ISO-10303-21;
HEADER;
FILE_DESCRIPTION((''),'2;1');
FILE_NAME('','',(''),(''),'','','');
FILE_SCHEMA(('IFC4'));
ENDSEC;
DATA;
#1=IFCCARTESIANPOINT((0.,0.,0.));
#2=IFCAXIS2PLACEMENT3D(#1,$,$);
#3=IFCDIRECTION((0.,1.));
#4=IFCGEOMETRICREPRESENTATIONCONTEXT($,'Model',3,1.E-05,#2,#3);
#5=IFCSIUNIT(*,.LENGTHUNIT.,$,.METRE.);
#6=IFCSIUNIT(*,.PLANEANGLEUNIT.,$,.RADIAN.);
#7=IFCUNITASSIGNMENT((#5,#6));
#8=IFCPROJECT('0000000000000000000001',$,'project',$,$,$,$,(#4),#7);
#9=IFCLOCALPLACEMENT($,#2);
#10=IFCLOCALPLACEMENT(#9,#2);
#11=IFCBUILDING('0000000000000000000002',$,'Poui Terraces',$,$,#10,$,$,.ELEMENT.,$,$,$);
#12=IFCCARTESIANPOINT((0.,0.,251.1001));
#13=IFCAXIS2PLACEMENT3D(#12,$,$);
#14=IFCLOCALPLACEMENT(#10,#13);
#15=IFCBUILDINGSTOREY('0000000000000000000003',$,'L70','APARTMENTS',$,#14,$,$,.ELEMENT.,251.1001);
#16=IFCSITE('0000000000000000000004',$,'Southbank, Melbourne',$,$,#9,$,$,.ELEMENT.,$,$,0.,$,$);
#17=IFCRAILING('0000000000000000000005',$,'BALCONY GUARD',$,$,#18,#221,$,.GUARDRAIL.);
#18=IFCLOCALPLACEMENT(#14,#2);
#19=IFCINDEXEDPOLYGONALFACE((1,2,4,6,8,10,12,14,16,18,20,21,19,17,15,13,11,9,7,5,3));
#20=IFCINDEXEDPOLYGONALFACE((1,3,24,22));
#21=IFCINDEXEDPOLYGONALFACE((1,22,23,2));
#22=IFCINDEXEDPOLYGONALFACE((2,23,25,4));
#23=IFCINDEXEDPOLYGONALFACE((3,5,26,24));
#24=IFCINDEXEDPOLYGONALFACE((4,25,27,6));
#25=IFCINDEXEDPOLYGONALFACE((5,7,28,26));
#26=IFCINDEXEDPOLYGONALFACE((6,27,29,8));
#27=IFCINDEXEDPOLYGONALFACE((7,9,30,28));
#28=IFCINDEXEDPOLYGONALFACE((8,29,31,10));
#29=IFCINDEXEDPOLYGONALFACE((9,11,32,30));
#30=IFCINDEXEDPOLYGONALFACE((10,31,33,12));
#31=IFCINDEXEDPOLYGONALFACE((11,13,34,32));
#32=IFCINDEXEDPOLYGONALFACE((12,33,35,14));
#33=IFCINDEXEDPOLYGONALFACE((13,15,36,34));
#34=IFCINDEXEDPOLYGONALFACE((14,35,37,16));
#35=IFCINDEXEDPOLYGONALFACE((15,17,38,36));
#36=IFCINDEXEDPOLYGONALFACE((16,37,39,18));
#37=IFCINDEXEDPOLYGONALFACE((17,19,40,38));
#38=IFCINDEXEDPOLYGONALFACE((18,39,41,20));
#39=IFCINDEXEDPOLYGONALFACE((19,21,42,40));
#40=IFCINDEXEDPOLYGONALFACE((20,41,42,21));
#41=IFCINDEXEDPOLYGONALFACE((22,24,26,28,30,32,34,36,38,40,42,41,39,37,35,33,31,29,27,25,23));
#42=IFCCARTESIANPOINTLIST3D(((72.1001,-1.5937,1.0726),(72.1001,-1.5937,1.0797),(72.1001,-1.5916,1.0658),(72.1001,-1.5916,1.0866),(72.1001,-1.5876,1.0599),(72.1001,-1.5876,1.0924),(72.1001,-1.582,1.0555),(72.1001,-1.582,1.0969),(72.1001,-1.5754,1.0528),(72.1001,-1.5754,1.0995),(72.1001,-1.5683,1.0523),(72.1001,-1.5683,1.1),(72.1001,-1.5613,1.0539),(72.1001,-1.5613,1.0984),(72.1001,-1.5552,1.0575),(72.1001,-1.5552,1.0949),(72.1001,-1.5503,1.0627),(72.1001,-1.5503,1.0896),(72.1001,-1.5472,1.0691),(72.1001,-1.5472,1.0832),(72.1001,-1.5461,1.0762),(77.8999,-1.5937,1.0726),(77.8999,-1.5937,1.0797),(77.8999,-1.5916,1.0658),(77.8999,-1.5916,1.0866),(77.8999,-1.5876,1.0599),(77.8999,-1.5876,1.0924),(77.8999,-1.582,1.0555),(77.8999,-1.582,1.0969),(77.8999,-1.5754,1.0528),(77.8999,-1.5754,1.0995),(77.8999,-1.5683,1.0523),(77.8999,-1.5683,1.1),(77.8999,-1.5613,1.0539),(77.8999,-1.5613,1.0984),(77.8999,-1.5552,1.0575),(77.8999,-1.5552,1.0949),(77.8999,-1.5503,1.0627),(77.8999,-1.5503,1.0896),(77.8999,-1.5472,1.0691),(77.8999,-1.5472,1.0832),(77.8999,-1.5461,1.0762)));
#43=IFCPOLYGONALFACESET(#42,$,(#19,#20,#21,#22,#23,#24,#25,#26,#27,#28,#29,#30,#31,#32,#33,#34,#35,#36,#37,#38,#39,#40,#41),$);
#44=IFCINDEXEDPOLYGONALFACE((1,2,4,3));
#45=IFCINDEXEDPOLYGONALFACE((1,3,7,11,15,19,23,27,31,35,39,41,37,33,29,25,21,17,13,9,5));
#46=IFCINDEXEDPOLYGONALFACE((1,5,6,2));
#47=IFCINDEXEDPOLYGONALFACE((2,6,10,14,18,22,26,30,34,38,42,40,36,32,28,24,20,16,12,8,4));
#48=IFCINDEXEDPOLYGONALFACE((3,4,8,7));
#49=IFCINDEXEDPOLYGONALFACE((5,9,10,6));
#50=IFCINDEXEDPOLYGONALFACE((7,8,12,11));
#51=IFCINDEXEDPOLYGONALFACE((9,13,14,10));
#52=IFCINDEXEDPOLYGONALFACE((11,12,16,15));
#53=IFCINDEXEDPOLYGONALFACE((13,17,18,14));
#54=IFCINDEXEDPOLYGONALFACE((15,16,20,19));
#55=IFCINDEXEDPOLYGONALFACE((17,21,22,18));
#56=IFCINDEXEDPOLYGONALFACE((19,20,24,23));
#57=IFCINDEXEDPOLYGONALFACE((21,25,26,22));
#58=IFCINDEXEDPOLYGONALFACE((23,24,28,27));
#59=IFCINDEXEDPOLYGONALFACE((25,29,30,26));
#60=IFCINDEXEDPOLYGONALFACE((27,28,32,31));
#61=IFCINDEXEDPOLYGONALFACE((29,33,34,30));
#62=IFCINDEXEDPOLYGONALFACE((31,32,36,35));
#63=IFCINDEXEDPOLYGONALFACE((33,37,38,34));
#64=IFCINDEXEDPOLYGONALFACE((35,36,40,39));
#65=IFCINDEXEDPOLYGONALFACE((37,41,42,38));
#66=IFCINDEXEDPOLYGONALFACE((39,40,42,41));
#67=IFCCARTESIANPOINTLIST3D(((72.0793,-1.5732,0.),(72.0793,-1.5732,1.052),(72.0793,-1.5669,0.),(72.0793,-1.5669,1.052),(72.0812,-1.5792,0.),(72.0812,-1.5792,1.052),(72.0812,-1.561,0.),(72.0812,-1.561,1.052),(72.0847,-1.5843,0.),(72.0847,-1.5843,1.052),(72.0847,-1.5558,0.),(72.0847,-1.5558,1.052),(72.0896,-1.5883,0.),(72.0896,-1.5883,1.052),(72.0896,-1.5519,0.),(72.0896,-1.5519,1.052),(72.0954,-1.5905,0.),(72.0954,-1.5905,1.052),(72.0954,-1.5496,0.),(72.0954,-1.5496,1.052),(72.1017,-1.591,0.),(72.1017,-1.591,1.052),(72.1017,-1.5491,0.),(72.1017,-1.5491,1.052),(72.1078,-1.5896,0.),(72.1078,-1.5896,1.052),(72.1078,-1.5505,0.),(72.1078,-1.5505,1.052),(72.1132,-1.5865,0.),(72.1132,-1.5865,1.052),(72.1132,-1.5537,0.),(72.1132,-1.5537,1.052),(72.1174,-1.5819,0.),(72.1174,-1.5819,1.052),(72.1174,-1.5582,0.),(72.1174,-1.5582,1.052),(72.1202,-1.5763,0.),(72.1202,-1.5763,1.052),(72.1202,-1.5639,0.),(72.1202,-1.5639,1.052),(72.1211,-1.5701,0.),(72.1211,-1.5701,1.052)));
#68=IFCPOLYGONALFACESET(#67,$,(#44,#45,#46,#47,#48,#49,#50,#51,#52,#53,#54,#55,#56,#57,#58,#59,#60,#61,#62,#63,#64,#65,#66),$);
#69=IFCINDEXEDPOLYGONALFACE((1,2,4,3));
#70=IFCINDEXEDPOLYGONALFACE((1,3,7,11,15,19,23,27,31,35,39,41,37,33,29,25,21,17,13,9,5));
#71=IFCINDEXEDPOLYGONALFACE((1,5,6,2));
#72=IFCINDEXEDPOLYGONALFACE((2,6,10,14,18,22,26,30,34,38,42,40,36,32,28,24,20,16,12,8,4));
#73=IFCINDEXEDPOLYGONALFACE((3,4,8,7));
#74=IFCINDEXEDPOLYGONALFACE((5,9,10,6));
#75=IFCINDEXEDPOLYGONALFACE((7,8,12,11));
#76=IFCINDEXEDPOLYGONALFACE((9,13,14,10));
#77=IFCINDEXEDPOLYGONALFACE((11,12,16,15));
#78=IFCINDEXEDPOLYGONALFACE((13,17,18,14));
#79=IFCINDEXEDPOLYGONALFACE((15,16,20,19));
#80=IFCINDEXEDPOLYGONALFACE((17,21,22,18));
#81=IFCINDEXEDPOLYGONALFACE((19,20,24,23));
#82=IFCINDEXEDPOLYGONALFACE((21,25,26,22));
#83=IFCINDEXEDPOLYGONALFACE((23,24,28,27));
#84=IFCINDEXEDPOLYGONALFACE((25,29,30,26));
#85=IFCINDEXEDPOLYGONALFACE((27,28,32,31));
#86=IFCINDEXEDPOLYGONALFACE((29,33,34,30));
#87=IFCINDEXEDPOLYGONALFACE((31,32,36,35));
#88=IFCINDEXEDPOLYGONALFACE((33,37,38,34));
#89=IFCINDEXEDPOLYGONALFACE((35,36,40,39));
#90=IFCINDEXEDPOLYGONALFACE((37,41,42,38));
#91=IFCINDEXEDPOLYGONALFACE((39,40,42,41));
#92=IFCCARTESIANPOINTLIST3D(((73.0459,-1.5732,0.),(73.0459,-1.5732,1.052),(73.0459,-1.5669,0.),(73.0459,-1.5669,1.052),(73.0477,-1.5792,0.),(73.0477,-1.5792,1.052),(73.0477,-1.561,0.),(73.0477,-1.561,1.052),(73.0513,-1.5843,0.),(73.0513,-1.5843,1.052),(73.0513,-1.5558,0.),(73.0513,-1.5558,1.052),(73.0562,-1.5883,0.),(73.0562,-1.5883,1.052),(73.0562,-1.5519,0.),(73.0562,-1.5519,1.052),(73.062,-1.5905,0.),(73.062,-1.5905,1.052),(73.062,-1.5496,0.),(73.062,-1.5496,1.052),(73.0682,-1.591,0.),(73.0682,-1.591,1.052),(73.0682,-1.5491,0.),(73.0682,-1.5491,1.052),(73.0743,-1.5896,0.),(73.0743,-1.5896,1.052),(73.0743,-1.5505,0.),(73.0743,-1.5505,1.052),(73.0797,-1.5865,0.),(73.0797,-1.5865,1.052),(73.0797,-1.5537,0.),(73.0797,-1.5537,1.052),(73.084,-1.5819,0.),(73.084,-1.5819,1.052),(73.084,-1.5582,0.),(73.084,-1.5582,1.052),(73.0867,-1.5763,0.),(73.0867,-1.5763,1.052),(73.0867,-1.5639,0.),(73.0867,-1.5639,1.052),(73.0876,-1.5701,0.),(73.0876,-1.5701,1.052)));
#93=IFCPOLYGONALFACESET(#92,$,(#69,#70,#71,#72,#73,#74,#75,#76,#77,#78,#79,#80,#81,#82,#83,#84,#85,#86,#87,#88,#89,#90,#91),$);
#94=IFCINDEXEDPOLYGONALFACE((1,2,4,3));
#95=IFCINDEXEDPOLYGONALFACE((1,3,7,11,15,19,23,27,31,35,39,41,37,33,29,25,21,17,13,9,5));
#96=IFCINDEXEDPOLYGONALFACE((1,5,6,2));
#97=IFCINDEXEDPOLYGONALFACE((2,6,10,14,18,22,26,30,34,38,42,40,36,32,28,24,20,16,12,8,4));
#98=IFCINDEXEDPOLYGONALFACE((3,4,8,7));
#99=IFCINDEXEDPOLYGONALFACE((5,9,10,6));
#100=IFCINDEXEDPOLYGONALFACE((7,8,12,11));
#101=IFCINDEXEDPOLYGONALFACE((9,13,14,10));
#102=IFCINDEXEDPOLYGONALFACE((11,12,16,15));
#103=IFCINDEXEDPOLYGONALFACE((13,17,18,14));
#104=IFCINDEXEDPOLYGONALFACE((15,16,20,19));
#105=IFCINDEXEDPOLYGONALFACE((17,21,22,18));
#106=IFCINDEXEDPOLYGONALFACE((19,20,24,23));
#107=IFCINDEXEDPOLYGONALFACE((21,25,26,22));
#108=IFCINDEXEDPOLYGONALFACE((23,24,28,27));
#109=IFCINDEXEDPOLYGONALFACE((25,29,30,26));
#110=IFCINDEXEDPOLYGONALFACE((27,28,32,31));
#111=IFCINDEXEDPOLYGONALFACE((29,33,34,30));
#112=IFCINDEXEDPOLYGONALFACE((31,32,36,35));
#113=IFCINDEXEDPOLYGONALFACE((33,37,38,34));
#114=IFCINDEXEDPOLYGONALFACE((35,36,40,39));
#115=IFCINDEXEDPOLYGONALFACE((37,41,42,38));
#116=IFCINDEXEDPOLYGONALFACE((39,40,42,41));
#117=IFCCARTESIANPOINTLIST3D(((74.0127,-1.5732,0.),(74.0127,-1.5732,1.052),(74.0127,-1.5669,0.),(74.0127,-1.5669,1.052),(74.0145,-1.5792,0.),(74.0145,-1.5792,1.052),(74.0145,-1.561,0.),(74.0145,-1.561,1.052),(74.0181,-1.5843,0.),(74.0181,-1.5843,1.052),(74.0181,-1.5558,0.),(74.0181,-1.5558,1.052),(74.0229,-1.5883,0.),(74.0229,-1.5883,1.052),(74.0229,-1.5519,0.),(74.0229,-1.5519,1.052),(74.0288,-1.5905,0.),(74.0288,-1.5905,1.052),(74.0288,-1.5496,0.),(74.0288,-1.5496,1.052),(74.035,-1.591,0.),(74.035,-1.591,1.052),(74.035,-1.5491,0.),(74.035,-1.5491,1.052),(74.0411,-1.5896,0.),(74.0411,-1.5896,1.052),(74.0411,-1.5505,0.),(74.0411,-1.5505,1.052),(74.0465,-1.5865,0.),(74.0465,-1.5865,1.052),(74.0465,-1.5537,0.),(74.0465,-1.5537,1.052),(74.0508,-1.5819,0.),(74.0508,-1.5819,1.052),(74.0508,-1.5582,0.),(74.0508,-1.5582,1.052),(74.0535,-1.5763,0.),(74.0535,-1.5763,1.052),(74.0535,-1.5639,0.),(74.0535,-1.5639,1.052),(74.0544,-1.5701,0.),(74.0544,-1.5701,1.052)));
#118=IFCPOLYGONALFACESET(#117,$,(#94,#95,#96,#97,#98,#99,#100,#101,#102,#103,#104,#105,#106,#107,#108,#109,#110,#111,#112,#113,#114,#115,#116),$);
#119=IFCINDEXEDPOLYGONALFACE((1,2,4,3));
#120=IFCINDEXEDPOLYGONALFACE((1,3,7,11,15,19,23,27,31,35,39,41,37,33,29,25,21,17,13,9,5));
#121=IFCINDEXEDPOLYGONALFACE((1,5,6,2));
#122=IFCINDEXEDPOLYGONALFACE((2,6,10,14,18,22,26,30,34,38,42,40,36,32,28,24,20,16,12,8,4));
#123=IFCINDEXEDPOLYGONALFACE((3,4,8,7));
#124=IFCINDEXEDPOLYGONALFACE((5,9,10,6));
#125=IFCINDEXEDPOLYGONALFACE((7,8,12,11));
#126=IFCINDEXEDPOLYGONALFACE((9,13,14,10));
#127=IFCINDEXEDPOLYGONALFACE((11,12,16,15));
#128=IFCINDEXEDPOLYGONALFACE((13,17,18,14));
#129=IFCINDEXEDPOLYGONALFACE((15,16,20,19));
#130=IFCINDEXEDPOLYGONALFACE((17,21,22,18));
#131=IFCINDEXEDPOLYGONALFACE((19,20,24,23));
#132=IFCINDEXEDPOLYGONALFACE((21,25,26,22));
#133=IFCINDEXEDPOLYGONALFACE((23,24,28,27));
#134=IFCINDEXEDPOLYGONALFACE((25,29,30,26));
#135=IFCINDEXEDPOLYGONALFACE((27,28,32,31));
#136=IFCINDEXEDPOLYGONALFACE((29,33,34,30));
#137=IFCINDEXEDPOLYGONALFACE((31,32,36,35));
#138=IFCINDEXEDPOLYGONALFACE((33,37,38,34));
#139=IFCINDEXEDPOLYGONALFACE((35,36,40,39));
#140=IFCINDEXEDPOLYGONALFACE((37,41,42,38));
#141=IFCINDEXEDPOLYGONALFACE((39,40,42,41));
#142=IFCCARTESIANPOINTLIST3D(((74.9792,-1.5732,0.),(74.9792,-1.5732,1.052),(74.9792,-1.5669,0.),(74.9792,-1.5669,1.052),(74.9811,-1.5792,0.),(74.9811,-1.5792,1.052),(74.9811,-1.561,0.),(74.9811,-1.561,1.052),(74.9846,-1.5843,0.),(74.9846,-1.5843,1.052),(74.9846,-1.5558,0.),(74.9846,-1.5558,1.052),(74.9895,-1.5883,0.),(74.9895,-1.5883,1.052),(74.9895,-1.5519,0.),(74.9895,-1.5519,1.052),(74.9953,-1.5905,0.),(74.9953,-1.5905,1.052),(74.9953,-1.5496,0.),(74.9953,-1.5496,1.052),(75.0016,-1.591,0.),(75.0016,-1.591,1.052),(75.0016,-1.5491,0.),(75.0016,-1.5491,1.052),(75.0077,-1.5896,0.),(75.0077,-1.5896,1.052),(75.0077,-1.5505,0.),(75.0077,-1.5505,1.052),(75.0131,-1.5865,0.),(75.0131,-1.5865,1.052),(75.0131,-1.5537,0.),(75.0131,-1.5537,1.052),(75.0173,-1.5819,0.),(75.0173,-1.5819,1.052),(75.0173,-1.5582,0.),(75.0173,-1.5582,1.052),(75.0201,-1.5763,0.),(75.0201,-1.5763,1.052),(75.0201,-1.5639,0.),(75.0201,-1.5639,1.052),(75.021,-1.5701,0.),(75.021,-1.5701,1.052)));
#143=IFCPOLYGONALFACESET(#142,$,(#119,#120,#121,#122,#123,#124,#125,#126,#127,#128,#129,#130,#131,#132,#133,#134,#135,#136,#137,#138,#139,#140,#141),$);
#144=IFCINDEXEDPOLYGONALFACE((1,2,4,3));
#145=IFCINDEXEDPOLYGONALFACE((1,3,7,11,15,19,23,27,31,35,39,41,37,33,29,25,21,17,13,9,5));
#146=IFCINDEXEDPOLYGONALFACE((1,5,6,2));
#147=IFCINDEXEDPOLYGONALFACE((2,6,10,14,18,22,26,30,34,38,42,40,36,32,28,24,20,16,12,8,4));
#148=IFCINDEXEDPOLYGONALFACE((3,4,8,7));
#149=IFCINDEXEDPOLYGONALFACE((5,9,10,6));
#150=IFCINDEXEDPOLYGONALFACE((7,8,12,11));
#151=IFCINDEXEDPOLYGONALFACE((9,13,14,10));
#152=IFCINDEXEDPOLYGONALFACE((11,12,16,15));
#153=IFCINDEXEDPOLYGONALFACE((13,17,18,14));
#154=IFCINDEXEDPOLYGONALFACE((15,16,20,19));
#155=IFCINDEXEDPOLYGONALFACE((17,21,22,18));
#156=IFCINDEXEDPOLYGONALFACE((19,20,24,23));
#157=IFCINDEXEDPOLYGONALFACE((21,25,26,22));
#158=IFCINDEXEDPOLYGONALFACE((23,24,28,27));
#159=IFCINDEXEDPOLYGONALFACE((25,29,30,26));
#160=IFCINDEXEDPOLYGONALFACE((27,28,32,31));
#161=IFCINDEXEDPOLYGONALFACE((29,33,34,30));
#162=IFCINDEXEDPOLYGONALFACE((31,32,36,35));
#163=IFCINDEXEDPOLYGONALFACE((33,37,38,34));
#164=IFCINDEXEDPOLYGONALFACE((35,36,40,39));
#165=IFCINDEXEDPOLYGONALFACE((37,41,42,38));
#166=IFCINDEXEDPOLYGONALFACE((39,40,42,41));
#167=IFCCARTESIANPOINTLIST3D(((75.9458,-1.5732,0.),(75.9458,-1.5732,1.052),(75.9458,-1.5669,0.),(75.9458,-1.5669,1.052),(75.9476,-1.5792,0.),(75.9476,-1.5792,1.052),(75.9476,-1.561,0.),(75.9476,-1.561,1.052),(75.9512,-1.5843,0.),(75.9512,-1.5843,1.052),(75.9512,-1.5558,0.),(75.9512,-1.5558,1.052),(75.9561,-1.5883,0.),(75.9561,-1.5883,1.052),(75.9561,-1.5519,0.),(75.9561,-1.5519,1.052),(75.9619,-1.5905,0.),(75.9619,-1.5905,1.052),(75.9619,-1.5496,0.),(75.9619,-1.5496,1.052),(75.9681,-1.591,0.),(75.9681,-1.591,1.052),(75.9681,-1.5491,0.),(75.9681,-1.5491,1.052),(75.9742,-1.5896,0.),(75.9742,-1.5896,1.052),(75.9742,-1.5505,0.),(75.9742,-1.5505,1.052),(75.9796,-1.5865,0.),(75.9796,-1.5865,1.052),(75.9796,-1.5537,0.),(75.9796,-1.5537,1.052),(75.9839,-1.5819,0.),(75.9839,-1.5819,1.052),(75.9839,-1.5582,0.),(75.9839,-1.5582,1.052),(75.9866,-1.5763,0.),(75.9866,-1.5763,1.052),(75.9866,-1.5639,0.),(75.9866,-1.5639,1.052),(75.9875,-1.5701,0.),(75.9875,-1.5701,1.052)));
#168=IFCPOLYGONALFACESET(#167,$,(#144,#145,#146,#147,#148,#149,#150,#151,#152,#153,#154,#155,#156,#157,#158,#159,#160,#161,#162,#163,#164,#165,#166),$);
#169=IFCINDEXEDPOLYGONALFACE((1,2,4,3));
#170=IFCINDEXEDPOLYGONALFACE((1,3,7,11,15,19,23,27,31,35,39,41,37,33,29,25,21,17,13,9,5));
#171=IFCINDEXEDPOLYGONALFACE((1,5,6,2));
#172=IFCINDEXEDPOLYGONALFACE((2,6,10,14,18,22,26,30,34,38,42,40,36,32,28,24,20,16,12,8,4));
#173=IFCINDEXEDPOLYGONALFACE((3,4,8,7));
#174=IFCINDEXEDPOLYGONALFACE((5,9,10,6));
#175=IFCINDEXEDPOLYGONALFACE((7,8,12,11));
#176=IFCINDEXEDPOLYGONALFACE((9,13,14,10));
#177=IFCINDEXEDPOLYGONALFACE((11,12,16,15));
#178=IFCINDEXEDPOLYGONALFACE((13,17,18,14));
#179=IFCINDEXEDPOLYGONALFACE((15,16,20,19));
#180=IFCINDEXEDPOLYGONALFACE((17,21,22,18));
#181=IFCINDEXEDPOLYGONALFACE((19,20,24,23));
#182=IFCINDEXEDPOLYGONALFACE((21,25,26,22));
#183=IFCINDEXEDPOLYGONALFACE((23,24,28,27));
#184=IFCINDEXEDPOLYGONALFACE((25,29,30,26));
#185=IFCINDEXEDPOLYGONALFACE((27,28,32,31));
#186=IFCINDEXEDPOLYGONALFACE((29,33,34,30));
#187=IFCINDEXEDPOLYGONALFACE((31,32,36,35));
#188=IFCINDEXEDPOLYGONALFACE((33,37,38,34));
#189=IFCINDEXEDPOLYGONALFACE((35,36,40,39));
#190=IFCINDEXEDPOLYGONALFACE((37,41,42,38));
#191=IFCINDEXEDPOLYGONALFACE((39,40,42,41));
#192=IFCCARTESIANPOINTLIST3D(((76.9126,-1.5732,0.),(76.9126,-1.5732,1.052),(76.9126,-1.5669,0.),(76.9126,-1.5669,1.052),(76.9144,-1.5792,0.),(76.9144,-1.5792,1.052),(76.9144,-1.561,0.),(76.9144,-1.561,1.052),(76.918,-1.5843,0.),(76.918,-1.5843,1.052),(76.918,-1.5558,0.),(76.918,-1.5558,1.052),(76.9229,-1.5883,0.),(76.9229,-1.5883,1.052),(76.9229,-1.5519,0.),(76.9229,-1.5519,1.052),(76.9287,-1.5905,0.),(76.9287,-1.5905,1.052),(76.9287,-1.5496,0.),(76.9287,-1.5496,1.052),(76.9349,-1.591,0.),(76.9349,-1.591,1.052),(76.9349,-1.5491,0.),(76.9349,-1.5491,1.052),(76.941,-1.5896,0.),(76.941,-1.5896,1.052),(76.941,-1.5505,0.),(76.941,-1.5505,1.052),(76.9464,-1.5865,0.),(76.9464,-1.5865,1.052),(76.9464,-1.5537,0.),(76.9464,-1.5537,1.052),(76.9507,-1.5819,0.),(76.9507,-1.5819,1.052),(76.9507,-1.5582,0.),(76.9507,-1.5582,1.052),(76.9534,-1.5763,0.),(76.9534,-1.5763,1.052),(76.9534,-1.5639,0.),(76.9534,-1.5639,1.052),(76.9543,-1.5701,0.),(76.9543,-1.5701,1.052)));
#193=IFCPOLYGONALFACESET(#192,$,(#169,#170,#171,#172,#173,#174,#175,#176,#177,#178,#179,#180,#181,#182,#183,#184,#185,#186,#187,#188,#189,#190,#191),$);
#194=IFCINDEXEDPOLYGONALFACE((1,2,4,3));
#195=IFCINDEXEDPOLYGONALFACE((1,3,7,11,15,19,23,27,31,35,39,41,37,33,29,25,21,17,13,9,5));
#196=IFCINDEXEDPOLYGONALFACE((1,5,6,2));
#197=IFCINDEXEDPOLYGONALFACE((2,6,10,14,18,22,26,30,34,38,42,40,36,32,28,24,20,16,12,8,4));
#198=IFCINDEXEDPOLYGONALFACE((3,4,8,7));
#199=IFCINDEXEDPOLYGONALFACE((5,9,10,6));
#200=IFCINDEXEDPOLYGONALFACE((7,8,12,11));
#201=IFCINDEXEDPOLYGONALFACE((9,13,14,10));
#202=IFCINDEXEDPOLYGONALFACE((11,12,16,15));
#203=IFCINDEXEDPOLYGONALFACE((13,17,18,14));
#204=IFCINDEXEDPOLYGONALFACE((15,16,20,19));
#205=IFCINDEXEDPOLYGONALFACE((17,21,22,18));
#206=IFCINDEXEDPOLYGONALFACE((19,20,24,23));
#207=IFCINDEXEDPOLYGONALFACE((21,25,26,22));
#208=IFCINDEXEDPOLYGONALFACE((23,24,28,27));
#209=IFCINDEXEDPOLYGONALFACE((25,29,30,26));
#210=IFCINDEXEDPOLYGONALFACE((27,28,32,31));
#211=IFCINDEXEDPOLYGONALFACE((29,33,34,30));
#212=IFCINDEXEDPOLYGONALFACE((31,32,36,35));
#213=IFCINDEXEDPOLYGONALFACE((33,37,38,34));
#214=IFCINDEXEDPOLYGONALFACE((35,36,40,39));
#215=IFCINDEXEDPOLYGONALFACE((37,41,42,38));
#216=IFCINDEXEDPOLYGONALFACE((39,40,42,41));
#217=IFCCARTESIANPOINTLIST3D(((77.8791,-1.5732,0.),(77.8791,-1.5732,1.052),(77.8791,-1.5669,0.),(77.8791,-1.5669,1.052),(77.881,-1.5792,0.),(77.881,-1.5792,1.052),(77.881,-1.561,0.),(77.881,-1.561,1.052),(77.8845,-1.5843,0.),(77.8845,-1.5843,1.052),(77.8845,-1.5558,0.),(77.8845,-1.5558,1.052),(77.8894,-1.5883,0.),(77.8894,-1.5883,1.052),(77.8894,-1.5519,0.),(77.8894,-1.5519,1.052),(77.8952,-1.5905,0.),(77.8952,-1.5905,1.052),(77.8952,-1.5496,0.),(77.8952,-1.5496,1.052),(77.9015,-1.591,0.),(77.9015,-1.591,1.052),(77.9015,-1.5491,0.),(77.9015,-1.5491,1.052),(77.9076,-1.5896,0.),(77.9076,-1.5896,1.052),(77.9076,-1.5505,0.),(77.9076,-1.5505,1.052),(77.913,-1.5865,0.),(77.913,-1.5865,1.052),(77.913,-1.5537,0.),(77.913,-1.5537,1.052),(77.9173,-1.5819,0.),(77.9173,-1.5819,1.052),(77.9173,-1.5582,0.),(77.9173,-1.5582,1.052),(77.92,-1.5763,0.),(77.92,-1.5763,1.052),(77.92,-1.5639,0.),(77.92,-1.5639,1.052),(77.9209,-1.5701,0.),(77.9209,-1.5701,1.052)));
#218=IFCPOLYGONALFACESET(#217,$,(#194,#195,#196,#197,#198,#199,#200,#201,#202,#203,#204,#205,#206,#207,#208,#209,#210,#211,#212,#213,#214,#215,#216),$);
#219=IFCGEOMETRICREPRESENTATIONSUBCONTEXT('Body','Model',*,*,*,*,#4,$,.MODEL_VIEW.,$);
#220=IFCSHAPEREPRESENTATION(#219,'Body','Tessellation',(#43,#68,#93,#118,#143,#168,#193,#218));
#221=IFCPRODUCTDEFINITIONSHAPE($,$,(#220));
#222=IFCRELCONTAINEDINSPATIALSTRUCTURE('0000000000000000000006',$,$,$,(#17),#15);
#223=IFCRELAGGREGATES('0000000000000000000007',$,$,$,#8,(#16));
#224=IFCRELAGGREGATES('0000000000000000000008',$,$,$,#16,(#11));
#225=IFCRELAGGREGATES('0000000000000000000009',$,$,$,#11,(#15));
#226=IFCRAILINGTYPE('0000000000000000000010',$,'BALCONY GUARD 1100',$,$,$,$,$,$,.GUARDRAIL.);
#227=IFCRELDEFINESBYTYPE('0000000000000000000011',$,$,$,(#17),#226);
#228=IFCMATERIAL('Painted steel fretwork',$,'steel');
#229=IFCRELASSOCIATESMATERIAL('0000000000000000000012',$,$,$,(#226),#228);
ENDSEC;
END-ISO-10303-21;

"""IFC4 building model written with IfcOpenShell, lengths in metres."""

from ifc_helpers import new_model, si_unit, direction, frame, origin, origin_2d, place, context, subcontext, project, spatial, circle, extrude, material, type_object, element, save


model = new_model("IFC4")

# Units and contexts
model_context = context("Model", 3, precision=1e-05, world=origin(), true_north=direction((0.0, 1.0)))
body_context = subcontext(model_context, "Body", "Model", "MODEL_VIEW")
ifc_project = project(units=[si_unit("LENGTHUNIT", "METRE"), si_unit("PLANEANGLEUNIT", "RADIAN")], contexts=[model_context])

# Site, building, storey
site_placement = place(None, origin())
site = spatial("IfcSite", under=ifc_project, at=site_placement, Name="Southbank, Melbourne", CompositionType="ELEMENT", RefElevation=0.0)
building_placement = place(site_placement, origin())
building = spatial("IfcBuilding", under=site, at=building_placement, Name="Poui Terraces", CompositionType="ELEMENT")
storey_placement = place(building_placement, frame((0.0, 0.0, 251.1001)))
storey = spatial("IfcBuildingStorey", under=building, at=storey_placement, Name="L70", Description="APARTMENTS", CompositionType="ELEMENT", Elevation=251.1001)

# Railing
ifc_material_1 = material(Name="Painted steel fretwork", Category="steel")
railing_type = type_object("IfcRailingType", Name="BALCONY GUARD 1100", PredefinedType="GUARDRAIL", material=ifc_material_1)
railing_placement = place(storey_placement, frame((72.1001, -1.5701, 0.0)))
element("IfcRailing", 1, at=railing_placement, inside=storey, type_object=railing_type, Name="BALCONY GUARD", PredefinedType="GUARDRAIL", context=body_context, shape_type="SweptSolid", body=[
    extrude(circle(Radius=0.0239, at=origin_2d()), frame((0.0, 0.0, 1.0762), z_axis=(1.0, 0.0, 0.0), x_axis=(0.0, 1.0, 0.0)), (0.0, 0.0, 1.0), 5.7998),
    extrude(circle(Radius=0.021, at=origin_2d()), origin(), (0.0, 0.0, 1.0), 1.052),
    extrude(circle(Radius=0.021, at=origin_2d()), frame((0.9666, 0.0, 0.0)), (0.0, 0.0, 1.0), 1.052),
    extrude(circle(Radius=0.021, at=origin_2d()), frame((1.9333, 0.0, 0.0)), (0.0, 0.0, 1.0), 1.052),
    extrude(circle(Radius=0.021, at=origin_2d()), frame((2.8999, 0.0, 0.0)), (0.0, 0.0, 1.0), 1.052),
    extrude(circle(Radius=0.021, at=origin_2d()), frame((3.8665, 0.0, 0.0)), (0.0, 0.0, 1.0), 1.052),
    extrude(circle(Radius=0.021, at=origin_2d()), frame((4.8333, 0.0, 0.0)), (0.0, 0.0, 1.0), 1.052),
    extrude(circle(Radius=0.021, at=origin_2d()), frame((5.7998, 0.0, 0.0)), (0.0, 0.0, 1.0), 1.052),
])

save(model, "model.ifc")
